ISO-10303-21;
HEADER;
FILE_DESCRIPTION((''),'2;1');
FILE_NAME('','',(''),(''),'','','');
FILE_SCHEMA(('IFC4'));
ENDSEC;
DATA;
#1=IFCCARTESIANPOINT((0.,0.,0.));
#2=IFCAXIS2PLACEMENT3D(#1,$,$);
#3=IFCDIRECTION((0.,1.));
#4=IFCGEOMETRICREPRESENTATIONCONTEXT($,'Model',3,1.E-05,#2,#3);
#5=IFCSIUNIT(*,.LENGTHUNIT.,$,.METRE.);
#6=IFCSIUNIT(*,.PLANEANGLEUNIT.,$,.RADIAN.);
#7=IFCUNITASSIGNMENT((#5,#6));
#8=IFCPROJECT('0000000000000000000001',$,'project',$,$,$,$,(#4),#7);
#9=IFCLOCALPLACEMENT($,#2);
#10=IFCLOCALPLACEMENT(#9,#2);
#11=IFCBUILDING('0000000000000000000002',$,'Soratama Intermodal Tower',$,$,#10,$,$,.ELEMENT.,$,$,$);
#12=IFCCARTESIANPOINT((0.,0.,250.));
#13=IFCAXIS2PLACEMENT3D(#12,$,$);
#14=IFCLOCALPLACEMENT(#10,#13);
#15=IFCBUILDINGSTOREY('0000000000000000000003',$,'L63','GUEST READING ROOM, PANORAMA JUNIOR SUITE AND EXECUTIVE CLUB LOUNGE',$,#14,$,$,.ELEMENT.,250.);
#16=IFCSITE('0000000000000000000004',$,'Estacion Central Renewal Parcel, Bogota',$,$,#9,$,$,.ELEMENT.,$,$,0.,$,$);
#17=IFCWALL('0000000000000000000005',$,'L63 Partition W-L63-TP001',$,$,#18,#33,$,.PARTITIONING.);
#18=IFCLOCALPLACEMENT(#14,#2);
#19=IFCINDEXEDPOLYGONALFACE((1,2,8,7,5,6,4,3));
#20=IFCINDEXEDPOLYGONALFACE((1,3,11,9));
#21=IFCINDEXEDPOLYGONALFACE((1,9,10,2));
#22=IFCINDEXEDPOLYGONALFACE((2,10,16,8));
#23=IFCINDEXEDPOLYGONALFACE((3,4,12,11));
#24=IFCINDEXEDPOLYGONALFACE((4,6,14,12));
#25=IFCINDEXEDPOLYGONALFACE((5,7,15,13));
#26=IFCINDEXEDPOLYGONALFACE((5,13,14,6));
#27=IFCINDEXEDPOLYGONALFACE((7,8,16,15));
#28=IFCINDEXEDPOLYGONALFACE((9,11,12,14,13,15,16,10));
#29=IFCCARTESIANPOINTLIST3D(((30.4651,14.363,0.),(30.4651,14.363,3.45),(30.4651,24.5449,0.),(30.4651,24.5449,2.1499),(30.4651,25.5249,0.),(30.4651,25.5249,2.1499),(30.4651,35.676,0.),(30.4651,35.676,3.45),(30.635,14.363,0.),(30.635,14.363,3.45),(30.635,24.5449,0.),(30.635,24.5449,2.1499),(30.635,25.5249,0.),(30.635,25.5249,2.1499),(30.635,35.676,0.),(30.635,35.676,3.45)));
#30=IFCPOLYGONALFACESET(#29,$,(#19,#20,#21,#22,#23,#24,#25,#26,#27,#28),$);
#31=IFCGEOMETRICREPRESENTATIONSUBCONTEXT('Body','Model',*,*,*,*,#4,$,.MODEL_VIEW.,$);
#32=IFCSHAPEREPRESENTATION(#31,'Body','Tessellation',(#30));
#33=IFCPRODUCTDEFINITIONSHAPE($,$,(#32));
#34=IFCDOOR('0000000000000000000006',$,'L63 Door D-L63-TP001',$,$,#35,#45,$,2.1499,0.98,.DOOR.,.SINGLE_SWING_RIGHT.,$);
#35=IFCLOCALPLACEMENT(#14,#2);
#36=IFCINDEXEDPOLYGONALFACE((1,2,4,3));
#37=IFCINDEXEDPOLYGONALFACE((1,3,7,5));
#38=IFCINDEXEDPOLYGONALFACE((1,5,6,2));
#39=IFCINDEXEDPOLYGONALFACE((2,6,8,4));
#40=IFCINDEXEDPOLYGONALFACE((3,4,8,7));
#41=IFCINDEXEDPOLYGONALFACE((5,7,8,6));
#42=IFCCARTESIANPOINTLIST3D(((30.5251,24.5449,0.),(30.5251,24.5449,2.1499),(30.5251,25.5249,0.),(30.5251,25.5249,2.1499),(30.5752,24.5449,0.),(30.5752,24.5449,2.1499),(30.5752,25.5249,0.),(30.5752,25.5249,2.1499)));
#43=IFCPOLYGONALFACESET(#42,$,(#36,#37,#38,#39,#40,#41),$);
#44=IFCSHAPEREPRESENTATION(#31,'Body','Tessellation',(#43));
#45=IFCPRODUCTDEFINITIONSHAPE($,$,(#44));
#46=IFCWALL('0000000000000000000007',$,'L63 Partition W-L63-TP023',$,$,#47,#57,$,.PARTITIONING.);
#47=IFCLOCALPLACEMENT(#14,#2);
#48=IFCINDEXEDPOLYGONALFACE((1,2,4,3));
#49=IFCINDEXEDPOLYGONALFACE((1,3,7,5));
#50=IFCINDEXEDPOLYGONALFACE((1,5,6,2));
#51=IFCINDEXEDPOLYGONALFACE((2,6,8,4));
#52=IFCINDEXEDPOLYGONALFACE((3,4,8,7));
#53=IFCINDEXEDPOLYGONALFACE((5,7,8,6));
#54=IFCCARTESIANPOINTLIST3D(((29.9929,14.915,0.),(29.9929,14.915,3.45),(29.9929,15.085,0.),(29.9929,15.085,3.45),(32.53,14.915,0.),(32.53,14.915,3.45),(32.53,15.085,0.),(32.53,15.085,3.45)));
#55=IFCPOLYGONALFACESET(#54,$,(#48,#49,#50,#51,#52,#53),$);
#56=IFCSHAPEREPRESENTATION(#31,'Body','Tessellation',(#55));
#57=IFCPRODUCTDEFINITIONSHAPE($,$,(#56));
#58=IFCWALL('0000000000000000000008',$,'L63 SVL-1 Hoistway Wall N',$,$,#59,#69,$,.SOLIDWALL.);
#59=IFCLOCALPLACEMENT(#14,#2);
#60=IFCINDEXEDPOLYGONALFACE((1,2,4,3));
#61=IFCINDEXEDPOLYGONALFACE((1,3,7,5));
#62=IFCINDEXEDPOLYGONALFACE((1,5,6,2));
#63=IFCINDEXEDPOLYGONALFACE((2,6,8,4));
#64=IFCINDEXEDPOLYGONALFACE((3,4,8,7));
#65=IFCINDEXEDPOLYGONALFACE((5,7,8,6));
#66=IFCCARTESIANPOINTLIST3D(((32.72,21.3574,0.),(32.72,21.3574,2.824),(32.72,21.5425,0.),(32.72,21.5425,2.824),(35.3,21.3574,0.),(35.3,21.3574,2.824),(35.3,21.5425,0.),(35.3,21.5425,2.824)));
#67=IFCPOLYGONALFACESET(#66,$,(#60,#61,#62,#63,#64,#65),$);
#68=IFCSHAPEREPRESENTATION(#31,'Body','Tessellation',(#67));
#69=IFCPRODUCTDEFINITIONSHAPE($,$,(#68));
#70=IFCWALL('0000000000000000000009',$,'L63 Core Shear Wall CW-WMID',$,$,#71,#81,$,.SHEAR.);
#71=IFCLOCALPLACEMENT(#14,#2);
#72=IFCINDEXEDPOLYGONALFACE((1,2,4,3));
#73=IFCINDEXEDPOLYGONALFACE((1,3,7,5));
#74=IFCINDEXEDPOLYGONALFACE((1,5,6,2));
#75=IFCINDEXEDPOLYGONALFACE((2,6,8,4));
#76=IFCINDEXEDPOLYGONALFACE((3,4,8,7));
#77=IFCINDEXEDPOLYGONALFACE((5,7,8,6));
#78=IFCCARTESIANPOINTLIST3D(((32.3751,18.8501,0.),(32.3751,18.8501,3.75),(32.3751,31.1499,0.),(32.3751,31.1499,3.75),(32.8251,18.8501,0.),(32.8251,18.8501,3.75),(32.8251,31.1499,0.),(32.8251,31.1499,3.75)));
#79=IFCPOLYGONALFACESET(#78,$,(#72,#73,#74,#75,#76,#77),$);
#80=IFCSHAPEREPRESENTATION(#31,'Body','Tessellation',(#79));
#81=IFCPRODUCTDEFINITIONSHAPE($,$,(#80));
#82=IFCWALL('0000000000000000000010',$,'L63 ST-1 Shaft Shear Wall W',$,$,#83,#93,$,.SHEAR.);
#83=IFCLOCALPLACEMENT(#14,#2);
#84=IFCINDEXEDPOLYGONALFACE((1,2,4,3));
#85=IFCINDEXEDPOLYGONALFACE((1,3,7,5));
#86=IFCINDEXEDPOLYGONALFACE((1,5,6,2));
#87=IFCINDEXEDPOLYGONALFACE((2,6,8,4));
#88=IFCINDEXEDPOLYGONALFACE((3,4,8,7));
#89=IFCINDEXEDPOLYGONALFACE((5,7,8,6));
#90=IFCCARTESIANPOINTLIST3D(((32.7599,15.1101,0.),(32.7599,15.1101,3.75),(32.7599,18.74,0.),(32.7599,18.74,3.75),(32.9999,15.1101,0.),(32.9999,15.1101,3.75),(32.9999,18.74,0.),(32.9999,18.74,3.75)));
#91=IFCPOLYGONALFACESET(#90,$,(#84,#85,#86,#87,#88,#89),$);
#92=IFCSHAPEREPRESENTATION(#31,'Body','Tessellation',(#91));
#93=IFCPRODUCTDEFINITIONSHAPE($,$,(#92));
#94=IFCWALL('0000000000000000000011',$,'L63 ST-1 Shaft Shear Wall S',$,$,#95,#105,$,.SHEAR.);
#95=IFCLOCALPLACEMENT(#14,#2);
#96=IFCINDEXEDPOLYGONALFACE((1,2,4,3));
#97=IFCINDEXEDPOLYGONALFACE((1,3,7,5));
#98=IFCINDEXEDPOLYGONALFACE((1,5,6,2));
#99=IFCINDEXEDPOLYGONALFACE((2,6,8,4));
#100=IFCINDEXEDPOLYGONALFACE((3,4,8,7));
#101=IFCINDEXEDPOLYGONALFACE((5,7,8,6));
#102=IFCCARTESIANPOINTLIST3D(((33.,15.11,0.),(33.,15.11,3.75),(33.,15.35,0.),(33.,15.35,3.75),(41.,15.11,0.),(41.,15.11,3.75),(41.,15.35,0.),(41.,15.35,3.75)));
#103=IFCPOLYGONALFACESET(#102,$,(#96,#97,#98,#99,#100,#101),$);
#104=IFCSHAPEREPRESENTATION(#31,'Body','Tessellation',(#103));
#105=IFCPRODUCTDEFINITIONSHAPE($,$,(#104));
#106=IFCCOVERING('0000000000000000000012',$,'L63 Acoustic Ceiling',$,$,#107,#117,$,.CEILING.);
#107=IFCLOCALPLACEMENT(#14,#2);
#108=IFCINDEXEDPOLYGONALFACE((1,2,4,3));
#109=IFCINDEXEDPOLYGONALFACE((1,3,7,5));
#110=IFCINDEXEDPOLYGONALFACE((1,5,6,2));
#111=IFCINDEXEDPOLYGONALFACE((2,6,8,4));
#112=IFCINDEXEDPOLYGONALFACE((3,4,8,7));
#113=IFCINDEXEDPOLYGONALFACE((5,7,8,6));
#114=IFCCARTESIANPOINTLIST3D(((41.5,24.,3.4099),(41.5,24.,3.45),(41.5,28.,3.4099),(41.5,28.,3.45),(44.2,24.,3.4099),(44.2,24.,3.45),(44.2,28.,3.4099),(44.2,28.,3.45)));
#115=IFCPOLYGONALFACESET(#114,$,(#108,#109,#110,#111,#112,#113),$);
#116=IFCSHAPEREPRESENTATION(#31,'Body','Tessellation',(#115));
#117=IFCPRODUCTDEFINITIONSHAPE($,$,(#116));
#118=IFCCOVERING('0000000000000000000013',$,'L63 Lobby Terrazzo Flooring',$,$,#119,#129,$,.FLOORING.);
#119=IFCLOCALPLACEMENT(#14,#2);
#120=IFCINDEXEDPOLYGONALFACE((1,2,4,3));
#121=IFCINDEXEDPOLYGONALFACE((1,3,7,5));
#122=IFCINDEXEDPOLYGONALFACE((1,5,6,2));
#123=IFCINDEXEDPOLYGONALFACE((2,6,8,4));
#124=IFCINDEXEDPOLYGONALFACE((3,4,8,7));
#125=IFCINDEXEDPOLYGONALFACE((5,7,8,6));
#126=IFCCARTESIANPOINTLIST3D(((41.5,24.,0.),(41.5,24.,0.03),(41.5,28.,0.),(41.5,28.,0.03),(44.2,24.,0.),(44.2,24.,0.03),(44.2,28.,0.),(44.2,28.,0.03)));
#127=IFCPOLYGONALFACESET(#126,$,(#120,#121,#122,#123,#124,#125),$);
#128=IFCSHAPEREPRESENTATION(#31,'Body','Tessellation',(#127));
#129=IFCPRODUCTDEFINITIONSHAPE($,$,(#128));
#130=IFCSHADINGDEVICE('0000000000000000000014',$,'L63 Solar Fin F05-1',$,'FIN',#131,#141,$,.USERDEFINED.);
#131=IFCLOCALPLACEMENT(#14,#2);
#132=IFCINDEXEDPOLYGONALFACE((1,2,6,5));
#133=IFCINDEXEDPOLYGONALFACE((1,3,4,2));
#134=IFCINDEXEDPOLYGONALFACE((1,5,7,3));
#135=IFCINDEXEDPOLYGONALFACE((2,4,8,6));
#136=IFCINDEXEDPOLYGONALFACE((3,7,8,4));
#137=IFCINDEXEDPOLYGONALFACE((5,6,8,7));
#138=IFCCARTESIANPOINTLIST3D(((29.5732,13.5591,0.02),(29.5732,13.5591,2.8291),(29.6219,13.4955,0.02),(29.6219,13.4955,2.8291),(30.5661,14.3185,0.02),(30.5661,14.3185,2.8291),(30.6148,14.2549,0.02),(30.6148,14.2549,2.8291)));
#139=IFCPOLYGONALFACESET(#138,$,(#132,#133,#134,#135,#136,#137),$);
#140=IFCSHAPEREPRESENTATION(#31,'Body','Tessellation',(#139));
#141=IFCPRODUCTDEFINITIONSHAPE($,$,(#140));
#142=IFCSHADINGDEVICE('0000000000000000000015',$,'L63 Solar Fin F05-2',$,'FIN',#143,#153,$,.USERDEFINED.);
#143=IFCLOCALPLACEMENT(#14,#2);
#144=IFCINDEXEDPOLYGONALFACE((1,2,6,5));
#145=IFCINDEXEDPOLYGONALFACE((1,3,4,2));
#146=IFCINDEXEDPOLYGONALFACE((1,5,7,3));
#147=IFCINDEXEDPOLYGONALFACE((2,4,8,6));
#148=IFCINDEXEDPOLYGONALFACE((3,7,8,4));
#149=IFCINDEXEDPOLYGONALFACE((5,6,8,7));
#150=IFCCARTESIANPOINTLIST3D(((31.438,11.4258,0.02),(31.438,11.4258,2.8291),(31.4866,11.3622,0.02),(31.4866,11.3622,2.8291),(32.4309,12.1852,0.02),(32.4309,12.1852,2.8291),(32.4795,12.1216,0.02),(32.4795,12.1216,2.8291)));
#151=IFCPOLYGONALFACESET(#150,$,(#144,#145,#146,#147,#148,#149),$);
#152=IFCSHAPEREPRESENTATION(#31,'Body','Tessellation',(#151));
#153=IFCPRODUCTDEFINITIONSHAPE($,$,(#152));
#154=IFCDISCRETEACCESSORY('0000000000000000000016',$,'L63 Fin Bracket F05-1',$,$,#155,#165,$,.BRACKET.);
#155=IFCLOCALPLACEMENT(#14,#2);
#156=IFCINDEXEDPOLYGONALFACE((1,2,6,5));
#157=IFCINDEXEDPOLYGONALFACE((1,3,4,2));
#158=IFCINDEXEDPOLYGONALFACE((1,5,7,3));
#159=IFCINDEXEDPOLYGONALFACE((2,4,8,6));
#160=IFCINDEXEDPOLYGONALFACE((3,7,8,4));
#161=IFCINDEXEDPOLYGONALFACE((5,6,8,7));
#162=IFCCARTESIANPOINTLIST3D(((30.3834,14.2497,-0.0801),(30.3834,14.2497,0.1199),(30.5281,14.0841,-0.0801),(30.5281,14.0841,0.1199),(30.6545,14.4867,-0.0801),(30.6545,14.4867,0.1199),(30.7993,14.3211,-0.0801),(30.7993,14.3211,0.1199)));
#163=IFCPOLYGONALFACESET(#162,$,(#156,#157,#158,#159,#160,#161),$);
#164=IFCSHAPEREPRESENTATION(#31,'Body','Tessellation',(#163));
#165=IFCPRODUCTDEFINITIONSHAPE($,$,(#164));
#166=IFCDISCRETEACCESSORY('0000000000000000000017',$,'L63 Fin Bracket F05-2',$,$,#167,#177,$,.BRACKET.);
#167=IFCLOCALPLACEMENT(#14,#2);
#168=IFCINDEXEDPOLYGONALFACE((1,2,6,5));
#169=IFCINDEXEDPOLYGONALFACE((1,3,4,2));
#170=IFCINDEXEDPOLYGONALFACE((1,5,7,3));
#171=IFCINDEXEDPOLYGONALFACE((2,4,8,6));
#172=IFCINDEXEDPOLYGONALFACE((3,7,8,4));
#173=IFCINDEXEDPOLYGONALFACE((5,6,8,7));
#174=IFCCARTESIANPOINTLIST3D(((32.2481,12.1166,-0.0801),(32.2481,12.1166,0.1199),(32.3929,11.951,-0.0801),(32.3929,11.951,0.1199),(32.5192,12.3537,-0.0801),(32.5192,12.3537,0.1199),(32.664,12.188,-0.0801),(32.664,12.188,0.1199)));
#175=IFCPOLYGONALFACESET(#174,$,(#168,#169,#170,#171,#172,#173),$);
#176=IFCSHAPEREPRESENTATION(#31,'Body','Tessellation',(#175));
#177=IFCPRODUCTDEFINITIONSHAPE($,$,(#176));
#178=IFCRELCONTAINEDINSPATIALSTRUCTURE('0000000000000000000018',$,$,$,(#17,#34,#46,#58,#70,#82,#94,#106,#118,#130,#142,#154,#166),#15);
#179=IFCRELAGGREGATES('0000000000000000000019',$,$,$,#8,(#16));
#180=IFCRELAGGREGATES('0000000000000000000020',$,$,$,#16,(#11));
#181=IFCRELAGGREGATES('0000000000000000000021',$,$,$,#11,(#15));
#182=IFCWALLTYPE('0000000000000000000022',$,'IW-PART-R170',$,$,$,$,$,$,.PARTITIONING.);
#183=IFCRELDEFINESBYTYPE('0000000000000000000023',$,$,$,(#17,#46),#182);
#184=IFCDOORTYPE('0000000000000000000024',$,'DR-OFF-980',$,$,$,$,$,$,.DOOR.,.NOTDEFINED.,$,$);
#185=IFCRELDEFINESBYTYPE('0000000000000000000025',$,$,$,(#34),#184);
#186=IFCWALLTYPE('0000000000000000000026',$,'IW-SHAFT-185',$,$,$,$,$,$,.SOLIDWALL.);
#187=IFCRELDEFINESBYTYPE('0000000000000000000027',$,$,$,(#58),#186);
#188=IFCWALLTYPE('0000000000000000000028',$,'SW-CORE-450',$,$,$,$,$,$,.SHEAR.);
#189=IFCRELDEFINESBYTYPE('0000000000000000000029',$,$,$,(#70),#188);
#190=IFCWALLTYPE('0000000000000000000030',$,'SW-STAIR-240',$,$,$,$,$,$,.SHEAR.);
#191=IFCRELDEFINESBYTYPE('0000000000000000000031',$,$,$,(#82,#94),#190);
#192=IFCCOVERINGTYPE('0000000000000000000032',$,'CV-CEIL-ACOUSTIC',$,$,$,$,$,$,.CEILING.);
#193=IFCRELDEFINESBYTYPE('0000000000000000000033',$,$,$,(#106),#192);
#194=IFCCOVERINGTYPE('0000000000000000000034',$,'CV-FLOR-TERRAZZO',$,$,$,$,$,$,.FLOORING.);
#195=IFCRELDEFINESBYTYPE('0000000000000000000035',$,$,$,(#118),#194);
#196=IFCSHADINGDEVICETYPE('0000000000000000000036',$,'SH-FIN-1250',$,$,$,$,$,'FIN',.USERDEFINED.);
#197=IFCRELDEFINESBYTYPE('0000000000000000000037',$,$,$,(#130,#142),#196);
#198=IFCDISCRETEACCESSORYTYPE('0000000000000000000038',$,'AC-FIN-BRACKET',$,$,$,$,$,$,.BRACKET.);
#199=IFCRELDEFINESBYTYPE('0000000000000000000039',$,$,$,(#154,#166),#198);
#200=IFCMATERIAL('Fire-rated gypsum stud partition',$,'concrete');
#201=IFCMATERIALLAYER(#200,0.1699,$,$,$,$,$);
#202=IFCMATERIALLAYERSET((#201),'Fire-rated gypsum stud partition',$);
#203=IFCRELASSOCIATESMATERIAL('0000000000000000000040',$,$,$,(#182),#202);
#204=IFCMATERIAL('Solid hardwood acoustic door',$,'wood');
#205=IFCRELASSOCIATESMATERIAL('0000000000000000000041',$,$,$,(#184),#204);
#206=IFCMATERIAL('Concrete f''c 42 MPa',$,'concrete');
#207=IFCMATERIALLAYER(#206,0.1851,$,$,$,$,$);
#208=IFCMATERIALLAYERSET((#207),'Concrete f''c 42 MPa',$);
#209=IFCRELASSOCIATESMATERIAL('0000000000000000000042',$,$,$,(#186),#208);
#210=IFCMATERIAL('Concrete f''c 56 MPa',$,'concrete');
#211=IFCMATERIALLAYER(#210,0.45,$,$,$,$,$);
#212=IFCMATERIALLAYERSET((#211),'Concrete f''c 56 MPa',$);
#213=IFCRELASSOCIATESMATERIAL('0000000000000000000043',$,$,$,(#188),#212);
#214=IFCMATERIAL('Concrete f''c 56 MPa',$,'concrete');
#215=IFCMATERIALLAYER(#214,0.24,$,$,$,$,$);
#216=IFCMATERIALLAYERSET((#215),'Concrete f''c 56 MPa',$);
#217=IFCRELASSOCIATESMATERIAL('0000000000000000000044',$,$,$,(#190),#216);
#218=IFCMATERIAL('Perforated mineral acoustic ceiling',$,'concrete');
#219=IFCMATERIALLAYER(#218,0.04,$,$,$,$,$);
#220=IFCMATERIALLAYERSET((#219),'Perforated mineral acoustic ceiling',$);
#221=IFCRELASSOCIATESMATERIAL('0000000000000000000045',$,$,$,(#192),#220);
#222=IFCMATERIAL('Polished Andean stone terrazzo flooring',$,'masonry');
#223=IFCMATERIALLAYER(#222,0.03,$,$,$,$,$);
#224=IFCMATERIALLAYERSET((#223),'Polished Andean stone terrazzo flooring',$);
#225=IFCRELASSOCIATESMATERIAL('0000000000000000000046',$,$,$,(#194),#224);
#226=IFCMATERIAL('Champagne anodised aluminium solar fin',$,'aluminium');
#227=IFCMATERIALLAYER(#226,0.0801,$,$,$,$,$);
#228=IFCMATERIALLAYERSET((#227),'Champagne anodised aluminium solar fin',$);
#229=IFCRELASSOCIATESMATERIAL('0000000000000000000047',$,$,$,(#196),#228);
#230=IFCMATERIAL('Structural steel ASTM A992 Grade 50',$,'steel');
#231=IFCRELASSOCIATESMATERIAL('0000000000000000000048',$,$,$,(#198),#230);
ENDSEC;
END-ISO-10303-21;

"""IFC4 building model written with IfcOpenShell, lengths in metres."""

from ifc_helpers import new_model, si_unit, direction, frame, frame_2d, origin, origin_2d, place, context, subcontext, project, spatial, polyline, rectangle, outline, extrude, material, layer, layer_set, type_object, element, fill, save


model = new_model("IFC4")

# Units and contexts
model_context = context("Model", 3, precision=1e-05, world=origin(), true_north=direction((0.0, 1.0)))
body_context = subcontext(model_context, "Body", "Model", "MODEL_VIEW")
ifc_project = project(units=[si_unit("LENGTHUNIT", "METRE"), si_unit("PLANEANGLEUNIT", "RADIAN")], contexts=[model_context])

# Site, building, storey
site_placement = place(None, origin())
site = spatial("IfcSite", under=ifc_project, at=site_placement, Name="Estacion Central Renewal Parcel, Bogota", CompositionType="ELEMENT", RefElevation=0.0)
building_placement = place(site_placement, origin())
building = spatial("IfcBuilding", under=site, at=building_placement, Name="Soratama Intermodal Tower", CompositionType="ELEMENT")
storey_placement = place(building_placement, frame((0.0, 0.0, 250.0)))
storey = spatial("IfcBuildingStorey", under=building, at=storey_placement, Name="L63", Description="GUEST READING ROOM, PANORAMA JUNIOR SUITE AND EXECUTIVE CLUB LOUNGE", CompositionType="ELEMENT", Elevation=250.0)

# Wall, opening, door
ifc_material_1 = material(Name="Fire-rated gypsum stud partition", Category="concrete")
ifc_layer_1 = layer(ifc_material_1, 0.1699)
ifc_layer_set_1 = layer_set([ifc_layer_1], Name="Fire-rated gypsum stud partition")
wall_type_1 = type_object("IfcWallType", Name="IW-PART-R170", PredefinedType="PARTITIONING", material=ifc_layer_set_1)
wall_1_placement = place(storey_placement, frame((30.55, 14.363, 0.0), z_axis=(0.0, 0.0, 1.0), x_axis=(0.0, 1.0, 0.0)))
wall_1 = element("IfcWall", 1, at=wall_1_placement, inside=storey, type_object=wall_type_1, Name="L63 Partition W-L63-TP001", PredefinedType="PARTITIONING", context=body_context, shape_type="SweptSolid", body=[
    extrude(rectangle(XDim=21.313, YDim=0.1699, at=frame_2d((10.6565, 0.0))), origin(), (0.0, 0.0, 1.0), 3.45),
])
opening_1_placement = place(wall_1_placement, frame((10.1819, 0.0, 0.0)))
opening_1 = element("IfcOpeningElement", 2, at=opening_1_placement, cuts=wall_1, PredefinedType="OPENING", context=body_context, shape_type="SweptSolid", body=[
    extrude(rectangle(XDim=0.98, YDim=2.1499, at=frame_2d((0.49, 1.075))), frame((0.0, 0.095, 0.0), z_axis=(0.0, -1.0, 0.0), x_axis=(1.0, 0.0, 0.0)), (0.0, 0.0, 1.0), 0.1899),
])
ifc_material_2 = material(Name="Solid hardwood acoustic door", Category="wood")
door_type = type_object("IfcDoorType", Name="DR-OFF-980", OperationType="NOTDEFINED", PredefinedType="DOOR", material=ifc_material_2)
door_placement = place(opening_1_placement, origin())
door = element("IfcDoor", 3, at=door_placement, inside=storey, type_object=door_type, Name="L63 Door D-L63-TP001", OperationType="SINGLE_SWING_RIGHT", OverallHeight=2.1499, OverallWidth=0.98, PredefinedType="DOOR", context=body_context, shape_type="SweptSolid", body=[
    extrude(rectangle(XDim=0.98, YDim=2.1499, at=frame_2d((0.49, 1.075))), frame((0.0, 0.0249, 0.0), z_axis=(0.0, -1.0, 0.0), x_axis=(1.0, 0.0, 0.0)), (0.0, 0.0, 1.0), 0.05),
])
fill(opening_1, door)

# Walls
wall_2_placement = place(storey_placement, frame((32.53, 15.0, 0.0), z_axis=(0.0, 0.0, 1.0), x_axis=(-1.0, 0.0, 0.0)))
element("IfcWall", 4, at=wall_2_placement, inside=storey, type_object=wall_type_1, Name="L63 Partition W-L63-TP023", PredefinedType="PARTITIONING", context=body_context, shape_type="SweptSolid", body=[
    extrude(rectangle(XDim=2.5371, YDim=0.1699, at=frame_2d((1.2686, 0.0))), origin(), (0.0, 0.0, 1.0), 3.45),
])
ifc_material_3 = material(Name="Concrete f'c 42 MPa", Category="concrete")
ifc_layer_2 = layer(ifc_material_3, 0.1851)
ifc_layer_set_2 = layer_set([ifc_layer_2], Name="Concrete f'c 42 MPa")
wall_type_2 = type_object("IfcWallType", Name="IW-SHAFT-185", PredefinedType="SOLIDWALL", material=ifc_layer_set_2)
wall_3_placement = place(storey_placement, frame((32.72, 21.45, 0.0), z_axis=(0.0, 0.0, 1.0), x_axis=(1.0, 0.0, 0.0)))
element("IfcWall", 5, at=wall_3_placement, inside=storey, type_object=wall_type_2, Name="L63 SVL-1 Hoistway Wall N", PredefinedType="SOLIDWALL", context=body_context, shape_type="SweptSolid", body=[
    extrude(rectangle(XDim=2.5801, YDim=0.1851, at=frame_2d((1.29, 0.0))), origin(), (0.0, 0.0, 1.0), 2.824),
])
ifc_material_4 = material(Name="Concrete f'c 56 MPa", Category="concrete")
ifc_layer_3 = layer(ifc_material_4, 0.45)
ifc_layer_set_3 = layer_set([ifc_layer_3], Name="Concrete f'c 56 MPa")
wall_type_3 = type_object("IfcWallType", Name="SW-CORE-450", PredefinedType="SHEAR", material=ifc_layer_set_3)
wall_4_placement = place(storey_placement, frame((32.6001, 18.8501, 0.0), z_axis=(0.0, 0.0, 1.0), x_axis=(0.0, 1.0, 0.0)))
element("IfcWall", 6, at=wall_4_placement, inside=storey, type_object=wall_type_3, Name="L63 Core Shear Wall CW-WMID", PredefinedType="SHEAR", context=body_context, shape_type="SweptSolid", body=[
    extrude(rectangle(XDim=12.2998, YDim=0.45, at=frame_2d((6.1499, 0.0))), origin(), (0.0, 0.0, 1.0), 3.75),
])
ifc_material_5 = material(Name="Concrete f'c 56 MPa", Category="concrete")
ifc_layer_4 = layer(ifc_material_5, 0.24)
ifc_layer_set_4 = layer_set([ifc_layer_4], Name="Concrete f'c 56 MPa")
wall_type_4 = type_object("IfcWallType", Name="SW-STAIR-240", PredefinedType="SHEAR", material=ifc_layer_set_4)
wall_5_placement = place(storey_placement, frame((32.8799, 15.1101, 0.0), z_axis=(0.0, 0.0, 1.0), x_axis=(0.0, 1.0, 0.0)))
element("IfcWall", 7, at=wall_5_placement, inside=storey, type_object=wall_type_4, Name="L63 ST-1 Shaft Shear Wall W", PredefinedType="SHEAR", context=body_context, shape_type="SweptSolid", body=[
    extrude(rectangle(XDim=3.6299, YDim=0.24, at=frame_2d((1.8149, 0.0))), origin(), (0.0, 0.0, 1.0), 3.75),
])
wall_6_placement = place(storey_placement, frame((33.0, 15.23, 0.0), z_axis=(0.0, 0.0, 1.0), x_axis=(1.0, 0.0, 0.0)))
element("IfcWall", 8, at=wall_6_placement, inside=storey, type_object=wall_type_4, Name="L63 ST-1 Shaft Shear Wall S", PredefinedType="SHEAR", context=body_context, shape_type="SweptSolid", body=[
    extrude(rectangle(XDim=8.0, YDim=0.24, at=frame_2d((4.0, 0.0))), origin(), (0.0, 0.0, 1.0), 3.75),
])

# Coverings
ifc_material_6 = material(Name="Perforated mineral acoustic ceiling", Category="concrete")
ifc_layer_5 = layer(ifc_material_6, 0.04)
ifc_layer_set_5 = layer_set([ifc_layer_5], Name="Perforated mineral acoustic ceiling")
covering_type_1 = type_object("IfcCoveringType", Name="CV-CEIL-ACOUSTIC", PredefinedType="CEILING", material=ifc_layer_set_5)
covering_1_placement = place(storey_placement, frame((0.0, 0.0, 3.4099)))
element("IfcCovering", 9, at=covering_1_placement, inside=storey, type_object=covering_type_1, Name="L63 Acoustic Ceiling", PredefinedType="CEILING", context=body_context, shape_type="SweptSolid", body=[
    extrude(outline(polyline([(41.5, 24.0), (44.2, 24.0), (44.2, 28.0), (41.5, 28.0), (41.5, 24.0)])), origin(), (0.0, 0.0, 1.0), 0.04),
])
ifc_material_7 = material(Name="Polished Andean stone terrazzo flooring", Category="masonry")
ifc_layer_6 = layer(ifc_material_7, 0.03)
ifc_layer_set_6 = layer_set([ifc_layer_6], Name="Polished Andean stone terrazzo flooring")
covering_type_2 = type_object("IfcCoveringType", Name="CV-FLOR-TERRAZZO", PredefinedType="FLOORING", material=ifc_layer_set_6)
covering_2_placement = place(storey_placement, origin())
element("IfcCovering", 10, at=covering_2_placement, inside=storey, type_object=covering_type_2, Name="L63 Lobby Terrazzo Flooring", PredefinedType="FLOORING", context=body_context, shape_type="SweptSolid", body=[
    extrude(outline(polyline([(41.5, 24.0), (44.2, 24.0), (44.2, 28.0), (41.5, 28.0), (41.5, 24.0)])), origin(), (0.0, 0.0, 1.0), 0.03),
])

# Shading devices
ifc_material_8 = material(Name="Champagne anodised aluminium solar fin", Category="aluminium")
ifc_layer_7 = layer(ifc_material_8, 0.0801)
ifc_layer_set_7 = layer_set([ifc_layer_7], Name="Champagne anodised aluminium solar fin")
shading_device_type = type_object("IfcShadingDeviceType", Name="SH-FIN-1250", ElementType="FIN", PredefinedType="USERDEFINED", material=ifc_layer_set_7)
for number, where, z_axis, x_axis, name in (
    (11, (30.094, 13.907, 0.02), (0.0, 0.0, 1.0), (-0.794309, -0.607514, 0.0), "L63 Solar Fin F05-1"),
    (12, (31.9587, 11.7737, 0.02), (0.0, 0.0, 1.0), (-0.794309, -0.607514, 0.0), "L63 Solar Fin F05-2"),
):
    element("IfcShadingDevice", number, at=place(storey_placement, frame(where, z_axis=z_axis, x_axis=x_axis)), inside=storey, type_object=shading_device_type, Name=name, ObjectType="FIN", PredefinedType="USERDEFINED", context=body_context, shape_type="SweptSolid", body=[
        extrude(rectangle(XDim=1.25, YDim=0.0801, at=origin_2d()), origin(), (0.0, 0.0, 1.0), 2.8091),
    ])

# Discrete accessories
ifc_material_9 = material(Name="Structural steel ASTM A992 Grade 50", Category="steel")
discrete_accessory_type = type_object("IfcDiscreteAccessoryType", Name="AC-FIN-BRACKET", PredefinedType="BRACKET", material=ifc_material_9)
for number, where, z_axis, x_axis, name in (
    (13, (30.5913, 14.2854, -0.0801), (0.0, 0.0, 1.0), (-0.752875, -0.658164, 0.0), "L63 Fin Bracket F05-1"),
    (14, (32.4561, 12.1523, -0.0801), (0.0, 0.0, 1.0), (-0.752875, -0.658164, 0.0), "L63 Fin Bracket F05-2"),
):
    element("IfcDiscreteAccessory", number, at=place(storey_placement, frame(where, z_axis=z_axis, x_axis=x_axis)), inside=storey, type_object=discrete_accessory_type, Name=name, PredefinedType="BRACKET", context=body_context, shape_type="SweptSolid", body=[
        extrude(rectangle(XDim=0.3601, YDim=0.22, at=origin_2d()), origin(), (0.0, 0.0, 1.0), 0.2),
    ])

save(model, "model.ifc")
